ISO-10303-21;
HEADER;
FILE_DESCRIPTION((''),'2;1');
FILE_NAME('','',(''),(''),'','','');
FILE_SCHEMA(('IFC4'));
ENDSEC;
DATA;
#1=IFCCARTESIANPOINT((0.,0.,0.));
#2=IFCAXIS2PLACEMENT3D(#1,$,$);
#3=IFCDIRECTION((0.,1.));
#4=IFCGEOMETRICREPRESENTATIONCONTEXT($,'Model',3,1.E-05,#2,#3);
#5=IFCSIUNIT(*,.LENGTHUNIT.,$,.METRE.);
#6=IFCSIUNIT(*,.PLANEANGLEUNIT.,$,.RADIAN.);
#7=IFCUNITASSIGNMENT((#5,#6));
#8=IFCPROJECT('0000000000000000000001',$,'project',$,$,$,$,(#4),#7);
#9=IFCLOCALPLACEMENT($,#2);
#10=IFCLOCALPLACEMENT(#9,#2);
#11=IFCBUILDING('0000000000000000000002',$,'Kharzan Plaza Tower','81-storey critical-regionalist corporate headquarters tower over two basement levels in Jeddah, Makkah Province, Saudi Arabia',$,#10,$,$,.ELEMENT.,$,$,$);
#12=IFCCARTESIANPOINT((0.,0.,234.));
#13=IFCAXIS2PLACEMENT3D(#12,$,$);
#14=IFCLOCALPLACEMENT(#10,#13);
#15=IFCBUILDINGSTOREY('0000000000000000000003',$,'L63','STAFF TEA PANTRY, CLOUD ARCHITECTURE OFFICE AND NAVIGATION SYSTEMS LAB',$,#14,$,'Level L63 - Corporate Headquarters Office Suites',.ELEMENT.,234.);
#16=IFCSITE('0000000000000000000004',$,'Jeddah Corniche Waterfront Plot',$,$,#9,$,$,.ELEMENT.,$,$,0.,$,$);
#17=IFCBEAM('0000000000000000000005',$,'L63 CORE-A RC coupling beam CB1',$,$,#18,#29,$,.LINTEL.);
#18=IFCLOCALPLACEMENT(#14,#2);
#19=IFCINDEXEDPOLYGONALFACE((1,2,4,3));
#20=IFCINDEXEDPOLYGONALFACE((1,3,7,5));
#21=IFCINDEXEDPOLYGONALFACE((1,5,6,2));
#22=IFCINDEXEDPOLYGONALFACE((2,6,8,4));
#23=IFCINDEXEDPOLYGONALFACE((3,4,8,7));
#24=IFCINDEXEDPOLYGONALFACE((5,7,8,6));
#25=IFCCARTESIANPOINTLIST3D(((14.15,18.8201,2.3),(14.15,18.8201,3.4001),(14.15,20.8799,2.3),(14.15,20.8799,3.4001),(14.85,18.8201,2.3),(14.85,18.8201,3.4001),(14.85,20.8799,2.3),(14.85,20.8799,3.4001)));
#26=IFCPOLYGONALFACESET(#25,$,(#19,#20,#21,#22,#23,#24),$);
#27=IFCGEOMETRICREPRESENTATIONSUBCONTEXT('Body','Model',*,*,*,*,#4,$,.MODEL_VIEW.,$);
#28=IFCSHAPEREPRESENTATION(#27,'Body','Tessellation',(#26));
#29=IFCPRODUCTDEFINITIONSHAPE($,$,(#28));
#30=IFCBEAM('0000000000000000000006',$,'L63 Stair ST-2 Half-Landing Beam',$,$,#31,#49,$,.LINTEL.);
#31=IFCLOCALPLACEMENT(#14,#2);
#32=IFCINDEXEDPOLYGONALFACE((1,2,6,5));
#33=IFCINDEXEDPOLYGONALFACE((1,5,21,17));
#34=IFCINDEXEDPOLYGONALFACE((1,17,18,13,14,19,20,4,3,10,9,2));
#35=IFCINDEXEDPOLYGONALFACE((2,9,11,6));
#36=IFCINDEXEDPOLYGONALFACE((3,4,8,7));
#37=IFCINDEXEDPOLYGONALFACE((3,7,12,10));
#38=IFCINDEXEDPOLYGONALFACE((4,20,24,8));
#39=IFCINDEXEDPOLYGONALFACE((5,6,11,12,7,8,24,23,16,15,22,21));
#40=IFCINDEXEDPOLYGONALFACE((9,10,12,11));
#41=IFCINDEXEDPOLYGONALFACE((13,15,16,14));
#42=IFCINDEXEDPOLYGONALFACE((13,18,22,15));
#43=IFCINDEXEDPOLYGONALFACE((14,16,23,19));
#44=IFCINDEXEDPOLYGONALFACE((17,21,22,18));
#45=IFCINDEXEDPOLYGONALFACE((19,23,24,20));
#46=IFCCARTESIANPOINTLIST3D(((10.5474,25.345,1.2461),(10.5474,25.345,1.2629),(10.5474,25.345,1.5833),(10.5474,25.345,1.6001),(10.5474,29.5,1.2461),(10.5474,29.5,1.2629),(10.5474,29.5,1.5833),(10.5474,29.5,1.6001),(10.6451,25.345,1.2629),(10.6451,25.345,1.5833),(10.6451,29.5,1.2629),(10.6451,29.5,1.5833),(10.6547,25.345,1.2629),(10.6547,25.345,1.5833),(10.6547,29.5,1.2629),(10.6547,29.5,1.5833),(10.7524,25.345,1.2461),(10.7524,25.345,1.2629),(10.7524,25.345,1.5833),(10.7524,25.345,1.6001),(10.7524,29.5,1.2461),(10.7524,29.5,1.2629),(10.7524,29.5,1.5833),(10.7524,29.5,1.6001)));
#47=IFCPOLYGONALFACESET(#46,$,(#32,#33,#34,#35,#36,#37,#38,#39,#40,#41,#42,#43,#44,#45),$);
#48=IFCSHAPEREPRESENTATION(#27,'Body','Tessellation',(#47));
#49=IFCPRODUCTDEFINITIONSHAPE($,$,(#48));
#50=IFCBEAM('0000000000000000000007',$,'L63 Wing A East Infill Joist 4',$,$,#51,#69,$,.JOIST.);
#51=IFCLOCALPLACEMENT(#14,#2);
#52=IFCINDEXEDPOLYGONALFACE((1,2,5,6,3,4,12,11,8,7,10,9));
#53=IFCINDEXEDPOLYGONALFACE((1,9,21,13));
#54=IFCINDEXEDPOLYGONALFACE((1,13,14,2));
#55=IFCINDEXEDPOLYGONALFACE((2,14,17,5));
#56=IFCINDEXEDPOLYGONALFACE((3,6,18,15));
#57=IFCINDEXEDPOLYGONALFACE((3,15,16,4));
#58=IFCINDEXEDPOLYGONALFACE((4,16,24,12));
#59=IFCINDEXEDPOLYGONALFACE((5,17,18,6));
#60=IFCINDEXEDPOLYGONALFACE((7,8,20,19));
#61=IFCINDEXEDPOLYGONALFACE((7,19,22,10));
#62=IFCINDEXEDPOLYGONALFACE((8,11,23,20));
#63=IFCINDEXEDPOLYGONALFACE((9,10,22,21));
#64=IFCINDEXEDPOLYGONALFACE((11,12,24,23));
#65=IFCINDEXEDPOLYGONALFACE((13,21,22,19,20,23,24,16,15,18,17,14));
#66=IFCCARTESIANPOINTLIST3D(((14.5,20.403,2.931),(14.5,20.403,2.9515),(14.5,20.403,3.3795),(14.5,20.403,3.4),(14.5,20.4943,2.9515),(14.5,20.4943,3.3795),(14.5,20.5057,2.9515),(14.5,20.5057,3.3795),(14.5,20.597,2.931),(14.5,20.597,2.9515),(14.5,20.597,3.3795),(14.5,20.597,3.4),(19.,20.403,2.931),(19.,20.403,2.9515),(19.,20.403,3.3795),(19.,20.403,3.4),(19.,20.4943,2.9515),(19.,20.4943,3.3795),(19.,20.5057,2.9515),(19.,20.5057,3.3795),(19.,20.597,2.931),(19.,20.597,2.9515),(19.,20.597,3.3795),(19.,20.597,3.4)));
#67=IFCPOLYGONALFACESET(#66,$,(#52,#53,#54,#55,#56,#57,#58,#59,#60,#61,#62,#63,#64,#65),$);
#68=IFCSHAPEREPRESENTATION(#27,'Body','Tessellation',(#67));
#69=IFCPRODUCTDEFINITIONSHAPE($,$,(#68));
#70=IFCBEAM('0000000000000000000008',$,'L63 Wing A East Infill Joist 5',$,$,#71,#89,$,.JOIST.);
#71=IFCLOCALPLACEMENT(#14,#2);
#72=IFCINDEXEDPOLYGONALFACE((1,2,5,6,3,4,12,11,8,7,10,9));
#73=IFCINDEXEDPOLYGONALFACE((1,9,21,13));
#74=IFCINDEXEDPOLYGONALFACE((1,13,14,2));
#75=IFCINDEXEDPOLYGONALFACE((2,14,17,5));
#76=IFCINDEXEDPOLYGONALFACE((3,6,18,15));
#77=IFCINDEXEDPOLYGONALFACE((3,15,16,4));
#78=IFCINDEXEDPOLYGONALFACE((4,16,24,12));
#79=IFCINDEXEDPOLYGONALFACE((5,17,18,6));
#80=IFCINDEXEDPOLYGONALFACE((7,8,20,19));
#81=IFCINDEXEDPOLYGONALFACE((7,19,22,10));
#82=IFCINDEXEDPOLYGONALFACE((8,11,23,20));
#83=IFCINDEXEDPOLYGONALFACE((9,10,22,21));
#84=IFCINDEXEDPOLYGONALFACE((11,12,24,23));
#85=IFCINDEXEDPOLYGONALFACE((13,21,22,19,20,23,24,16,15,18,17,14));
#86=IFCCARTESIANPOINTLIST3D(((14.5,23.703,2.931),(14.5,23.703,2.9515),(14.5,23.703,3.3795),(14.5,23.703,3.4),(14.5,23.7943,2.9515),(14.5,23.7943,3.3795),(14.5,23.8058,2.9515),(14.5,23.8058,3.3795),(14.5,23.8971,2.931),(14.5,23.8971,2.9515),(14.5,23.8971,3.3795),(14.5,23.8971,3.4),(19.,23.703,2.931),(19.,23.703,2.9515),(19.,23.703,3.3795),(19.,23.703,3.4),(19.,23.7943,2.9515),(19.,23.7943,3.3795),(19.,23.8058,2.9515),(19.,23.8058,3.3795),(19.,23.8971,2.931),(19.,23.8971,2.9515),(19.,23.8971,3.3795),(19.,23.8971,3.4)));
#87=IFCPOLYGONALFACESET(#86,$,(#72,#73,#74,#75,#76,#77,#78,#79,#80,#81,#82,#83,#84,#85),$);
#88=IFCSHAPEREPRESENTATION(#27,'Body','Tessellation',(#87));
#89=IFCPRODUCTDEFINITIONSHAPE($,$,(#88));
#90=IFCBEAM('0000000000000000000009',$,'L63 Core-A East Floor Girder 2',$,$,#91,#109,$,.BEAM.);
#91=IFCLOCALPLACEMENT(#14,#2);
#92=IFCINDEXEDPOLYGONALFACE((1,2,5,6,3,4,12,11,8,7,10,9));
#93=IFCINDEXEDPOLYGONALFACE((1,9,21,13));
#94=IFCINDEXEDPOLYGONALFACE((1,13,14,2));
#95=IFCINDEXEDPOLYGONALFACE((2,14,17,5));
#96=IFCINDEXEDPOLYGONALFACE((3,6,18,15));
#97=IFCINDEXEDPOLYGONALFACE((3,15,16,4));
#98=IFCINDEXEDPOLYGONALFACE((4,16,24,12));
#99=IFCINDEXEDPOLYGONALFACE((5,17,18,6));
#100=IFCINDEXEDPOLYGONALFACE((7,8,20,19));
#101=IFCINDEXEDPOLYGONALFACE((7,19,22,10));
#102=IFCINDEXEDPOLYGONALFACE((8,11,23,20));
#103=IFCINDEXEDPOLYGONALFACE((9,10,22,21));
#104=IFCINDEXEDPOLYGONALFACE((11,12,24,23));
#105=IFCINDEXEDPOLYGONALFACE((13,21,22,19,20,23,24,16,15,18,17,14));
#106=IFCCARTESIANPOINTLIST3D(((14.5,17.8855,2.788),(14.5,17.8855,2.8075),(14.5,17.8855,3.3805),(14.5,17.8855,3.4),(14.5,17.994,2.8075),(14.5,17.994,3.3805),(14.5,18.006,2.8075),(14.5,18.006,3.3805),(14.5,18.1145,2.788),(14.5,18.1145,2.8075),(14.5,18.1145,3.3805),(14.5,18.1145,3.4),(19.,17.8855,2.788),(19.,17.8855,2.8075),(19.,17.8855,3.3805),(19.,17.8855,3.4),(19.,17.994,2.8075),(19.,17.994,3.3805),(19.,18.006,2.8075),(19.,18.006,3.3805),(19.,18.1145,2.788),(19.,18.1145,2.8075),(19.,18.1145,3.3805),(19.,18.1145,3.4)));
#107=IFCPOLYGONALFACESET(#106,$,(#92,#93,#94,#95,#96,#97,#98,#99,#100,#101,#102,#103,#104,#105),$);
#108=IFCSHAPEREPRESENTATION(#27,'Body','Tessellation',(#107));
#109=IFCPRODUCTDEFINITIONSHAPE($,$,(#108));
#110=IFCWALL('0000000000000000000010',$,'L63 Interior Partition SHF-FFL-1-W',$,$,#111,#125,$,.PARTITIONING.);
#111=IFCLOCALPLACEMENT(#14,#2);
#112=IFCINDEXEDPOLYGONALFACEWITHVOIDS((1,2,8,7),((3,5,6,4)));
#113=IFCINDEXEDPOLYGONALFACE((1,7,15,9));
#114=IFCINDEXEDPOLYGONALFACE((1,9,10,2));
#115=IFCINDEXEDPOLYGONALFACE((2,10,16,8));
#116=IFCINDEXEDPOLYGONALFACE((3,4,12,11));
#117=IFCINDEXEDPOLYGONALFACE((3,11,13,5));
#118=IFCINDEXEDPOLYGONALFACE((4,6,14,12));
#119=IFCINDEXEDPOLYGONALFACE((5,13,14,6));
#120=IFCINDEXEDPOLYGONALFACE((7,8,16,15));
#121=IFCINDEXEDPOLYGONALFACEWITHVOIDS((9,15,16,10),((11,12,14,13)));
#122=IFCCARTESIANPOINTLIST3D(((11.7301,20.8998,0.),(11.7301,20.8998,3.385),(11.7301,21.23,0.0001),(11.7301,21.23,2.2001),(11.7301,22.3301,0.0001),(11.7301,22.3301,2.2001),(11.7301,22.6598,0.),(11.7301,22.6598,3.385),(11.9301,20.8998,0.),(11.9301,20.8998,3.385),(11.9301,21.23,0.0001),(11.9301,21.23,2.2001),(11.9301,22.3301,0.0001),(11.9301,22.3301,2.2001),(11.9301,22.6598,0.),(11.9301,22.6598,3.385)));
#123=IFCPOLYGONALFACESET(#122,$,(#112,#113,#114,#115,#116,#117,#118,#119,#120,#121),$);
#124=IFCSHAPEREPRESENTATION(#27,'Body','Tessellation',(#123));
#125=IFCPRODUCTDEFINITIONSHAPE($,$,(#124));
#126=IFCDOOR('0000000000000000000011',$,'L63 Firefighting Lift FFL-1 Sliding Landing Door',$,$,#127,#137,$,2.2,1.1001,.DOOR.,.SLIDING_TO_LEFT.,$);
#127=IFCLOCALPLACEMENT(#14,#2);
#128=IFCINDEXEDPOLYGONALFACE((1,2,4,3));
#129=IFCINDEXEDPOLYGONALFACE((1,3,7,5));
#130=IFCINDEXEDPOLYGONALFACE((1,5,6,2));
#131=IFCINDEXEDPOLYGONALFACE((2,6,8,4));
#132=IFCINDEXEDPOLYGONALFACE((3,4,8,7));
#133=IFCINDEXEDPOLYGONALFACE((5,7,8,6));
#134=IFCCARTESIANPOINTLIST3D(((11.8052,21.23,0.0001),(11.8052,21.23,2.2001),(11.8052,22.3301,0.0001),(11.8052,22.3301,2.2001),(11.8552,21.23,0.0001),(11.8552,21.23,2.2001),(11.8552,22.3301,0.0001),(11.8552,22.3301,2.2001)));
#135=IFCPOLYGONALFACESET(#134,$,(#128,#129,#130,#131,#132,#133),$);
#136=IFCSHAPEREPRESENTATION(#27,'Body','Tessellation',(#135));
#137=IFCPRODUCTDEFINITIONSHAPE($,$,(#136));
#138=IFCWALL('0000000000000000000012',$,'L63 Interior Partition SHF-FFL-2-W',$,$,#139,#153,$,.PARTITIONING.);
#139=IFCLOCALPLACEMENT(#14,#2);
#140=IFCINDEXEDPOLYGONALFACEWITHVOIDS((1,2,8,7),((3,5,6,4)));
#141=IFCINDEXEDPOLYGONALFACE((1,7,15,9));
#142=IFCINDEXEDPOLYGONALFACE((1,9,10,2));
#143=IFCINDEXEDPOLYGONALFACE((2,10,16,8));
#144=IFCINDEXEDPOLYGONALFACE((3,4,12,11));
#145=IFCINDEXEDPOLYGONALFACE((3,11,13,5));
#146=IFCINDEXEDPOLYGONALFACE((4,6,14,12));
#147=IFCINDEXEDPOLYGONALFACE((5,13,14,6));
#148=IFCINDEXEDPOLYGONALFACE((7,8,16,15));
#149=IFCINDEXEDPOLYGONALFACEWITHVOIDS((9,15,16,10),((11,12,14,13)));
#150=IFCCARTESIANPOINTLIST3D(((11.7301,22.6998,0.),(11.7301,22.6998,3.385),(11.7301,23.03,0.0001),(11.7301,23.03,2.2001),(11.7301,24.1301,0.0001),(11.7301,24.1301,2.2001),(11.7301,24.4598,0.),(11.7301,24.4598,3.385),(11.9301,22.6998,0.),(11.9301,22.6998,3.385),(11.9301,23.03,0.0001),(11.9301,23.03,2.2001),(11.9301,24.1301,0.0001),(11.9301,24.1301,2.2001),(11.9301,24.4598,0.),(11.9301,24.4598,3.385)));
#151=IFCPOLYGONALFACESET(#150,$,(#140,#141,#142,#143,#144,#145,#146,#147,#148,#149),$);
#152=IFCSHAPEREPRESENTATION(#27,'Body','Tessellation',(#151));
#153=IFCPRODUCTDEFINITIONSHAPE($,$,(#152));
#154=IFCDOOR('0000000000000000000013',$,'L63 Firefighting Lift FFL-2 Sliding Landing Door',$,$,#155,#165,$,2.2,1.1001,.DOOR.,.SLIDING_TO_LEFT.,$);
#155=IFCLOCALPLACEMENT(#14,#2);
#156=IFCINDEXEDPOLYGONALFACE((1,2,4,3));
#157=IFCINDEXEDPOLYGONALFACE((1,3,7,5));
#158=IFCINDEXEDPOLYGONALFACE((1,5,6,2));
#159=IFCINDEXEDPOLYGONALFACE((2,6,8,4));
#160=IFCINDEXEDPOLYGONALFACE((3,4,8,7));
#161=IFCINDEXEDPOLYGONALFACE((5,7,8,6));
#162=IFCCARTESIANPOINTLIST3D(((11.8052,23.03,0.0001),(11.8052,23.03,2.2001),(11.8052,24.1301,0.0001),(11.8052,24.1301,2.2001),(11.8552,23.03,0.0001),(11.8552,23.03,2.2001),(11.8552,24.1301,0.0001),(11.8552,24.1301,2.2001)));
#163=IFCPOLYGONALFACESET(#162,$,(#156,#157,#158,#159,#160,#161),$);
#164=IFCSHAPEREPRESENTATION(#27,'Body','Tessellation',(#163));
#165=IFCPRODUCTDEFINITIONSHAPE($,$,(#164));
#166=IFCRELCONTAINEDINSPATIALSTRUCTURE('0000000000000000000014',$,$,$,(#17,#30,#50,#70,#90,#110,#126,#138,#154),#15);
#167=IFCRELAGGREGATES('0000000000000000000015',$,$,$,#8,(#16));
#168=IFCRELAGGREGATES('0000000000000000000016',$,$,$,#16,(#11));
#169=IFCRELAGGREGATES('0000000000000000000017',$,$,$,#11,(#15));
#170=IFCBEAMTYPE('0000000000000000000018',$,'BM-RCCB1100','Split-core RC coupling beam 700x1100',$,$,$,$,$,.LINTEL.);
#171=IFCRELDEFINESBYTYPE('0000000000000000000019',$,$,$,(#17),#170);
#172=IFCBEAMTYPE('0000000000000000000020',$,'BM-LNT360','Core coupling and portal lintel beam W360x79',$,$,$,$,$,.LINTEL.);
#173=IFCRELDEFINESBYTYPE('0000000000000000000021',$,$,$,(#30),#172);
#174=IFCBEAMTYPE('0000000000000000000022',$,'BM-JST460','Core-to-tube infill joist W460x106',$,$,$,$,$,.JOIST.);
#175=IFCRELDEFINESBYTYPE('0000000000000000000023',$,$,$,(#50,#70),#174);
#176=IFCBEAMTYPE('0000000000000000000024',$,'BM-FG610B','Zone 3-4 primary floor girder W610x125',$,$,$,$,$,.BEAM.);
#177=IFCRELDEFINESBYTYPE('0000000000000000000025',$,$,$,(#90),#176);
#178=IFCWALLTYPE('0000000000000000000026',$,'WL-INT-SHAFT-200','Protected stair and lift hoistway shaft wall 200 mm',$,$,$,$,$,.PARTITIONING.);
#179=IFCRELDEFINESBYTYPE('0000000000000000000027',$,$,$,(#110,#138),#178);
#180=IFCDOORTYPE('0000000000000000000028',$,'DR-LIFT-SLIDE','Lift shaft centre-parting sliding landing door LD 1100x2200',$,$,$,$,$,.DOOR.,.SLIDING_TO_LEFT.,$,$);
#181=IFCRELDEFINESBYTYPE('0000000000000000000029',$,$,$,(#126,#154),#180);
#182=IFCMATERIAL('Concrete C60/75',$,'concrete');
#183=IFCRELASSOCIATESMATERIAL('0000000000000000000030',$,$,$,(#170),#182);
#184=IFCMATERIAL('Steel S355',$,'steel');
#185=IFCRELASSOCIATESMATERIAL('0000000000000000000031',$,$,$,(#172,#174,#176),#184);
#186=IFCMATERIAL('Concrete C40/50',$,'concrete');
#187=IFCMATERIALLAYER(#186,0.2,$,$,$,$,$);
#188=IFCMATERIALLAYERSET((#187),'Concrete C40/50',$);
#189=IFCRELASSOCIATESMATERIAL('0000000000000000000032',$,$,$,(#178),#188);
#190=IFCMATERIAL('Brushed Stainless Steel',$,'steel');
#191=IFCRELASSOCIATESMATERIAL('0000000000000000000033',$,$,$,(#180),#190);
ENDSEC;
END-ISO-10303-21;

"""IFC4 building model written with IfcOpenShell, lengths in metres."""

from ifc_helpers import new_model, si_unit, direction, frame, frame_2d, origin, origin_2d, place, context, subcontext, project, spatial, rectangle, i_section, extrude, source, transform, mapped, material, layer, layer_set, material_profile, profile_set, type_object, element, fill, save


model = new_model("IFC4")

# Units and contexts
model_context = context("Model", 3, precision=1e-05, world=origin(), true_north=direction((0.0, 1.0)))
body_context = subcontext(model_context, "Body", "Model", "MODEL_VIEW")
ifc_project = project(units=[si_unit("LENGTHUNIT", "METRE"), si_unit("PLANEANGLEUNIT", "RADIAN")], contexts=[model_context])

# Site, building, storey
site_placement = place(None, origin())
site = spatial("IfcSite", under=ifc_project, at=site_placement, Name="Jeddah Corniche Waterfront Plot", CompositionType="ELEMENT", RefElevation=0.0)
building_placement = place(site_placement, origin())
building = spatial("IfcBuilding", under=site, at=building_placement, Name="Kharzan Plaza Tower", Description="81-storey critical-regionalist corporate headquarters tower over two basement levels in Jeddah, Makkah Province, Saudi Arabia", CompositionType="ELEMENT")
storey_placement = place(building_placement, frame((0.0, 0.0, 234.0)))
storey = spatial("IfcBuildingStorey", under=building, at=storey_placement, Name="L63", Description="STAFF TEA PANTRY, CLOUD ARCHITECTURE OFFICE AND NAVIGATION SYSTEMS LAB", LongName="Level L63 - Corporate Headquarters Office Suites", CompositionType="ELEMENT", Elevation=234.0)

# Beams
ifc_material_1 = material(Name="Concrete C60/75", Category="concrete")
ifc_material_profile_1 = material_profile(ifc_material_1, rectangle(XDim=0.7, YDim=1.1001, at=origin_2d()), Name="RC-CB1100x700")
ifc_profile_set_1 = profile_set([ifc_material_profile_1], Name="Concrete C60/75")
beam_type_1 = type_object("IfcBeamType", Name="BM-RCCB1100", Description="Split-core RC coupling beam 700x1100", PredefinedType="LINTEL", material=ifc_profile_set_1)
shared_shape_1 = source(origin(), body_context, "Body", "SweptSolid", [
    extrude(rectangle(XDim=0.7, YDim=1.1001, at=origin_2d()), origin(), (0.0, 0.0, 1.0), 2.0598),
])
beam_1_placement = place(storey_placement, frame((14.5, 18.8201, 2.8501), z_axis=(0.0, 1.0, 0.0), x_axis=(-1.0, 0.0, 0.0)))
element("IfcBeam", 1, at=beam_1_placement, inside=storey, type_object=beam_type_1, Name="L63 CORE-A RC coupling beam CB1", PredefinedType="LINTEL", context=body_context, shape_type="MappedRepresentation", body=[
    mapped(shared_shape_1, transform((0.0, 0.0, 0.0), x_axis=(1.0, 0.0, 0.0), y_axis=(0.0, 1.0, 0.0), z_axis=(0.0, 0.0, 1.0))),
])
ifc_material_2 = material(Name="Steel S355", Category="steel")
ifc_material_profile_2 = material_profile(ifc_material_2, i_section(OverallWidth=0.2051, OverallDepth=0.354, WebThickness=0.0095, FlangeThickness=0.0168, at=origin_2d()), Name="W360x79")
ifc_profile_set_2 = profile_set([ifc_material_profile_2], Name="Steel S355")
beam_type_2 = type_object("IfcBeamType", Name="BM-LNT360", Description="Core coupling and portal lintel beam W360x79", PredefinedType="LINTEL", material=ifc_profile_set_2)
shared_shape_2 = source(origin(), body_context, "Body", "SweptSolid", [
    extrude(i_section(OverallWidth=0.2051, OverallDepth=0.354, WebThickness=0.0095, FlangeThickness=0.0168, at=origin_2d()), origin(), (0.0, 0.0, 1.0), 4.155),
])
beam_2_placement = place(storey_placement, frame((10.6499, 25.345, 1.4231), z_axis=(0.0, 1.0, 0.0), x_axis=(-1.0, 0.0, 0.0)))
element("IfcBeam", 2, at=beam_2_placement, inside=storey, type_object=beam_type_2, Name="L63 Stair ST-2 Half-Landing Beam", PredefinedType="LINTEL", context=body_context, shape_type="MappedRepresentation", body=[
    mapped(shared_shape_2, transform((0.0, 0.0, 0.0), x_axis=(1.0, 0.0, 0.0), y_axis=(0.0, 1.0, 0.0), z_axis=(0.0, 0.0, 1.0))),
])
ifc_material_profile_3 = material_profile(ifc_material_2, i_section(OverallWidth=0.1941, OverallDepth=0.469, WebThickness=0.0115, FlangeThickness=0.0205, at=origin_2d()), Name="W460x106")
ifc_profile_set_3 = profile_set([ifc_material_profile_3], Name="Steel S355")
beam_type_3 = type_object("IfcBeamType", Name="BM-JST460", Description="Core-to-tube infill joist W460x106", PredefinedType="JOIST", material=ifc_profile_set_3)
shared_shape_3 = source(origin(), body_context, "Body", "SweptSolid", [
    extrude(i_section(OverallWidth=0.1941, OverallDepth=0.469, WebThickness=0.0115, FlangeThickness=0.0205, at=origin_2d()), origin(), (0.0, 0.0, 1.0), 4.5),
])
for number, where, z_axis, x_axis, name in (
    (3, (14.5, 20.5, 3.1655), (1.0, 0.0, 0.0), (0.0, 1.0, 0.0), "L63 Wing A East Infill Joist 4"),
    (4, (14.5, 23.8, 3.1655), (1.0, 0.0, 0.0), (0.0, 1.0, 0.0), "L63 Wing A East Infill Joist 5"),
):
    element("IfcBeam", number, at=place(storey_placement, frame(where, z_axis=z_axis, x_axis=x_axis)), inside=storey, type_object=beam_type_3, Name=name, PredefinedType="JOIST", context=body_context, shape_type="MappedRepresentation", body=[
        mapped(shared_shape_3, transform((0.0, 0.0, 0.0), x_axis=(1.0, 0.0, 0.0), y_axis=(0.0, 1.0, 0.0), z_axis=(0.0, 0.0, 1.0))),
    ])
ifc_material_profile_4 = material_profile(ifc_material_2, i_section(OverallWidth=0.229, OverallDepth=0.6121, WebThickness=0.012, FlangeThickness=0.0195, at=origin_2d()), Name="W610x125")
ifc_profile_set_4 = profile_set([ifc_material_profile_4], Name="Steel S355")
beam_type_4 = type_object("IfcBeamType", Name="BM-FG610B", Description="Zone 3-4 primary floor girder W610x125", PredefinedType="BEAM", material=ifc_profile_set_4)
shared_shape_4 = source(origin(), body_context, "Body", "SweptSolid", [
    extrude(i_section(OverallWidth=0.229, OverallDepth=0.6121, WebThickness=0.012, FlangeThickness=0.0195, at=origin_2d()), origin(), (0.0, 0.0, 1.0), 4.5),
])
beam_3_placement = place(storey_placement, frame((14.5, 18.0, 3.094), z_axis=(1.0, 0.0, 0.0), x_axis=(0.0, 1.0, 0.0)))
element("IfcBeam", 5, at=beam_3_placement, inside=storey, type_object=beam_type_4, Name="L63 Core-A East Floor Girder 2", PredefinedType="BEAM", context=body_context, shape_type="MappedRepresentation", body=[
    mapped(shared_shape_4, transform((0.0, 0.0, 0.0), x_axis=(1.0, 0.0, 0.0), y_axis=(0.0, 1.0, 0.0), z_axis=(0.0, 0.0, 1.0))),
])

# Walls, openings, doors
ifc_material_3 = material(Name="Concrete C40/50", Category="concrete")
ifc_layer_1 = layer(ifc_material_3, 0.2)
ifc_layer_set_1 = layer_set([ifc_layer_1], Name="Concrete C40/50")
wall_type_1 = type_object("IfcWallType", Name="WL-INT-SHAFT-200", Description="Protected stair and lift hoistway shaft wall 200 mm", PredefinedType="PARTITIONING", material=ifc_layer_set_1)
wall_1_placement = place(storey_placement, frame((11.8301, 20.8999, 0.0), z_axis=(0.0, 0.0, 1.0), x_axis=(0.0, 1.0, 0.0)))
wall_1 = element("IfcWall", 6, at=wall_1_placement, inside=storey, type_object=wall_type_1, Name="L63 Interior Partition SHF-FFL-1-W", PredefinedType="PARTITIONING", context=body_context, shape_type="SweptSolid", body=[
    extrude(rectangle(XDim=1.76, YDim=0.2, at=frame_2d((0.8799, 0.0))), origin(), (0.0, 0.0, 1.0), 3.385),
])
opening_1_placement = place(wall_1_placement, frame((0.3301, 0.0, 0.0)))
opening_1 = element("IfcOpeningElement", 7, at=opening_1_placement, cuts=wall_1, PredefinedType="OPENING", context=body_context, shape_type="SweptSolid", body=[
    extrude(rectangle(XDim=1.1001, YDim=2.2, at=frame_2d((0.55, 1.1001))), frame((0.0, 0.1099, 0.0), z_axis=(0.0, -1.0, 0.0), x_axis=(1.0, 0.0, 0.0)), (0.0, 0.0, 1.0), 0.22),
])
ifc_material_4 = material(Name="Brushed Stainless Steel", Category="steel")
door_type_1 = type_object("IfcDoorType", Name="DR-LIFT-SLIDE", Description="Lift shaft centre-parting sliding landing door LD 1100x2200", OperationType="SLIDING_TO_LEFT", PredefinedType="DOOR", material=ifc_material_4)
shared_shape_5 = source(origin(), body_context, "Body", "SweptSolid", [
    extrude(rectangle(XDim=1.1001, YDim=2.2, at=frame_2d((0.55, 1.1001))), frame((0.0, 0.0249, 0.0), z_axis=(0.0, -1.0, 0.0), x_axis=(1.0, 0.0, 0.0)), (0.0, 0.0, 1.0), 0.05),
])
door_1_placement = place(opening_1_placement, origin())
door_1 = element("IfcDoor", 8, at=door_1_placement, inside=storey, type_object=door_type_1, Name="L63 Firefighting Lift FFL-1 Sliding Landing Door", OperationType="SLIDING_TO_LEFT", OverallHeight=2.2, OverallWidth=1.1001, PredefinedType="DOOR", context=body_context, shape_type="MappedRepresentation", body=[
    mapped(shared_shape_5, transform((0.0, 0.0, 0.0), x_axis=(1.0, 0.0, 0.0), y_axis=(0.0, 1.0, 0.0), z_axis=(0.0, 0.0, 1.0))),
])
fill(opening_1, door_1)
wall_2_placement = place(storey_placement, frame((11.8301, 22.7, 0.0), z_axis=(0.0, 0.0, 1.0), x_axis=(0.0, 1.0, 0.0)))
wall_2 = element("IfcWall", 9, at=wall_2_placement, inside=storey, type_object=wall_type_1, Name="L63 Interior Partition SHF-FFL-2-W", PredefinedType="PARTITIONING", context=body_context, shape_type="SweptSolid", body=[
    extrude(rectangle(XDim=1.76, YDim=0.2, at=frame_2d((0.8799, 0.0))), origin(), (0.0, 0.0, 1.0), 3.385),
])
opening_2_placement = place(wall_2_placement, frame((0.3301, 0.0, 0.0)))
opening_2 = element("IfcOpeningElement", 10, at=opening_2_placement, cuts=wall_2, PredefinedType="OPENING", context=body_context, shape_type="SweptSolid", body=[
    extrude(rectangle(XDim=1.1001, YDim=2.2, at=frame_2d((0.55, 1.1001))), frame((0.0, 0.1099, 0.0), z_axis=(0.0, -1.0, 0.0), x_axis=(1.0, 0.0, 0.0)), (0.0, 0.0, 1.0), 0.22),
])
door_2_placement = place(opening_2_placement, origin())
door_2 = element("IfcDoor", 11, at=door_2_placement, inside=storey, type_object=door_type_1, Name="L63 Firefighting Lift FFL-2 Sliding Landing Door", OperationType="SLIDING_TO_LEFT", OverallHeight=2.2, OverallWidth=1.1001, PredefinedType="DOOR", context=body_context, shape_type="MappedRepresentation", body=[
    mapped(shared_shape_5, transform((0.0, 0.0, 0.0), x_axis=(1.0, 0.0, 0.0), y_axis=(0.0, 1.0, 0.0), z_axis=(0.0, 0.0, 1.0))),
])
fill(opening_2, door_2)

save(model, "model.ifc")
